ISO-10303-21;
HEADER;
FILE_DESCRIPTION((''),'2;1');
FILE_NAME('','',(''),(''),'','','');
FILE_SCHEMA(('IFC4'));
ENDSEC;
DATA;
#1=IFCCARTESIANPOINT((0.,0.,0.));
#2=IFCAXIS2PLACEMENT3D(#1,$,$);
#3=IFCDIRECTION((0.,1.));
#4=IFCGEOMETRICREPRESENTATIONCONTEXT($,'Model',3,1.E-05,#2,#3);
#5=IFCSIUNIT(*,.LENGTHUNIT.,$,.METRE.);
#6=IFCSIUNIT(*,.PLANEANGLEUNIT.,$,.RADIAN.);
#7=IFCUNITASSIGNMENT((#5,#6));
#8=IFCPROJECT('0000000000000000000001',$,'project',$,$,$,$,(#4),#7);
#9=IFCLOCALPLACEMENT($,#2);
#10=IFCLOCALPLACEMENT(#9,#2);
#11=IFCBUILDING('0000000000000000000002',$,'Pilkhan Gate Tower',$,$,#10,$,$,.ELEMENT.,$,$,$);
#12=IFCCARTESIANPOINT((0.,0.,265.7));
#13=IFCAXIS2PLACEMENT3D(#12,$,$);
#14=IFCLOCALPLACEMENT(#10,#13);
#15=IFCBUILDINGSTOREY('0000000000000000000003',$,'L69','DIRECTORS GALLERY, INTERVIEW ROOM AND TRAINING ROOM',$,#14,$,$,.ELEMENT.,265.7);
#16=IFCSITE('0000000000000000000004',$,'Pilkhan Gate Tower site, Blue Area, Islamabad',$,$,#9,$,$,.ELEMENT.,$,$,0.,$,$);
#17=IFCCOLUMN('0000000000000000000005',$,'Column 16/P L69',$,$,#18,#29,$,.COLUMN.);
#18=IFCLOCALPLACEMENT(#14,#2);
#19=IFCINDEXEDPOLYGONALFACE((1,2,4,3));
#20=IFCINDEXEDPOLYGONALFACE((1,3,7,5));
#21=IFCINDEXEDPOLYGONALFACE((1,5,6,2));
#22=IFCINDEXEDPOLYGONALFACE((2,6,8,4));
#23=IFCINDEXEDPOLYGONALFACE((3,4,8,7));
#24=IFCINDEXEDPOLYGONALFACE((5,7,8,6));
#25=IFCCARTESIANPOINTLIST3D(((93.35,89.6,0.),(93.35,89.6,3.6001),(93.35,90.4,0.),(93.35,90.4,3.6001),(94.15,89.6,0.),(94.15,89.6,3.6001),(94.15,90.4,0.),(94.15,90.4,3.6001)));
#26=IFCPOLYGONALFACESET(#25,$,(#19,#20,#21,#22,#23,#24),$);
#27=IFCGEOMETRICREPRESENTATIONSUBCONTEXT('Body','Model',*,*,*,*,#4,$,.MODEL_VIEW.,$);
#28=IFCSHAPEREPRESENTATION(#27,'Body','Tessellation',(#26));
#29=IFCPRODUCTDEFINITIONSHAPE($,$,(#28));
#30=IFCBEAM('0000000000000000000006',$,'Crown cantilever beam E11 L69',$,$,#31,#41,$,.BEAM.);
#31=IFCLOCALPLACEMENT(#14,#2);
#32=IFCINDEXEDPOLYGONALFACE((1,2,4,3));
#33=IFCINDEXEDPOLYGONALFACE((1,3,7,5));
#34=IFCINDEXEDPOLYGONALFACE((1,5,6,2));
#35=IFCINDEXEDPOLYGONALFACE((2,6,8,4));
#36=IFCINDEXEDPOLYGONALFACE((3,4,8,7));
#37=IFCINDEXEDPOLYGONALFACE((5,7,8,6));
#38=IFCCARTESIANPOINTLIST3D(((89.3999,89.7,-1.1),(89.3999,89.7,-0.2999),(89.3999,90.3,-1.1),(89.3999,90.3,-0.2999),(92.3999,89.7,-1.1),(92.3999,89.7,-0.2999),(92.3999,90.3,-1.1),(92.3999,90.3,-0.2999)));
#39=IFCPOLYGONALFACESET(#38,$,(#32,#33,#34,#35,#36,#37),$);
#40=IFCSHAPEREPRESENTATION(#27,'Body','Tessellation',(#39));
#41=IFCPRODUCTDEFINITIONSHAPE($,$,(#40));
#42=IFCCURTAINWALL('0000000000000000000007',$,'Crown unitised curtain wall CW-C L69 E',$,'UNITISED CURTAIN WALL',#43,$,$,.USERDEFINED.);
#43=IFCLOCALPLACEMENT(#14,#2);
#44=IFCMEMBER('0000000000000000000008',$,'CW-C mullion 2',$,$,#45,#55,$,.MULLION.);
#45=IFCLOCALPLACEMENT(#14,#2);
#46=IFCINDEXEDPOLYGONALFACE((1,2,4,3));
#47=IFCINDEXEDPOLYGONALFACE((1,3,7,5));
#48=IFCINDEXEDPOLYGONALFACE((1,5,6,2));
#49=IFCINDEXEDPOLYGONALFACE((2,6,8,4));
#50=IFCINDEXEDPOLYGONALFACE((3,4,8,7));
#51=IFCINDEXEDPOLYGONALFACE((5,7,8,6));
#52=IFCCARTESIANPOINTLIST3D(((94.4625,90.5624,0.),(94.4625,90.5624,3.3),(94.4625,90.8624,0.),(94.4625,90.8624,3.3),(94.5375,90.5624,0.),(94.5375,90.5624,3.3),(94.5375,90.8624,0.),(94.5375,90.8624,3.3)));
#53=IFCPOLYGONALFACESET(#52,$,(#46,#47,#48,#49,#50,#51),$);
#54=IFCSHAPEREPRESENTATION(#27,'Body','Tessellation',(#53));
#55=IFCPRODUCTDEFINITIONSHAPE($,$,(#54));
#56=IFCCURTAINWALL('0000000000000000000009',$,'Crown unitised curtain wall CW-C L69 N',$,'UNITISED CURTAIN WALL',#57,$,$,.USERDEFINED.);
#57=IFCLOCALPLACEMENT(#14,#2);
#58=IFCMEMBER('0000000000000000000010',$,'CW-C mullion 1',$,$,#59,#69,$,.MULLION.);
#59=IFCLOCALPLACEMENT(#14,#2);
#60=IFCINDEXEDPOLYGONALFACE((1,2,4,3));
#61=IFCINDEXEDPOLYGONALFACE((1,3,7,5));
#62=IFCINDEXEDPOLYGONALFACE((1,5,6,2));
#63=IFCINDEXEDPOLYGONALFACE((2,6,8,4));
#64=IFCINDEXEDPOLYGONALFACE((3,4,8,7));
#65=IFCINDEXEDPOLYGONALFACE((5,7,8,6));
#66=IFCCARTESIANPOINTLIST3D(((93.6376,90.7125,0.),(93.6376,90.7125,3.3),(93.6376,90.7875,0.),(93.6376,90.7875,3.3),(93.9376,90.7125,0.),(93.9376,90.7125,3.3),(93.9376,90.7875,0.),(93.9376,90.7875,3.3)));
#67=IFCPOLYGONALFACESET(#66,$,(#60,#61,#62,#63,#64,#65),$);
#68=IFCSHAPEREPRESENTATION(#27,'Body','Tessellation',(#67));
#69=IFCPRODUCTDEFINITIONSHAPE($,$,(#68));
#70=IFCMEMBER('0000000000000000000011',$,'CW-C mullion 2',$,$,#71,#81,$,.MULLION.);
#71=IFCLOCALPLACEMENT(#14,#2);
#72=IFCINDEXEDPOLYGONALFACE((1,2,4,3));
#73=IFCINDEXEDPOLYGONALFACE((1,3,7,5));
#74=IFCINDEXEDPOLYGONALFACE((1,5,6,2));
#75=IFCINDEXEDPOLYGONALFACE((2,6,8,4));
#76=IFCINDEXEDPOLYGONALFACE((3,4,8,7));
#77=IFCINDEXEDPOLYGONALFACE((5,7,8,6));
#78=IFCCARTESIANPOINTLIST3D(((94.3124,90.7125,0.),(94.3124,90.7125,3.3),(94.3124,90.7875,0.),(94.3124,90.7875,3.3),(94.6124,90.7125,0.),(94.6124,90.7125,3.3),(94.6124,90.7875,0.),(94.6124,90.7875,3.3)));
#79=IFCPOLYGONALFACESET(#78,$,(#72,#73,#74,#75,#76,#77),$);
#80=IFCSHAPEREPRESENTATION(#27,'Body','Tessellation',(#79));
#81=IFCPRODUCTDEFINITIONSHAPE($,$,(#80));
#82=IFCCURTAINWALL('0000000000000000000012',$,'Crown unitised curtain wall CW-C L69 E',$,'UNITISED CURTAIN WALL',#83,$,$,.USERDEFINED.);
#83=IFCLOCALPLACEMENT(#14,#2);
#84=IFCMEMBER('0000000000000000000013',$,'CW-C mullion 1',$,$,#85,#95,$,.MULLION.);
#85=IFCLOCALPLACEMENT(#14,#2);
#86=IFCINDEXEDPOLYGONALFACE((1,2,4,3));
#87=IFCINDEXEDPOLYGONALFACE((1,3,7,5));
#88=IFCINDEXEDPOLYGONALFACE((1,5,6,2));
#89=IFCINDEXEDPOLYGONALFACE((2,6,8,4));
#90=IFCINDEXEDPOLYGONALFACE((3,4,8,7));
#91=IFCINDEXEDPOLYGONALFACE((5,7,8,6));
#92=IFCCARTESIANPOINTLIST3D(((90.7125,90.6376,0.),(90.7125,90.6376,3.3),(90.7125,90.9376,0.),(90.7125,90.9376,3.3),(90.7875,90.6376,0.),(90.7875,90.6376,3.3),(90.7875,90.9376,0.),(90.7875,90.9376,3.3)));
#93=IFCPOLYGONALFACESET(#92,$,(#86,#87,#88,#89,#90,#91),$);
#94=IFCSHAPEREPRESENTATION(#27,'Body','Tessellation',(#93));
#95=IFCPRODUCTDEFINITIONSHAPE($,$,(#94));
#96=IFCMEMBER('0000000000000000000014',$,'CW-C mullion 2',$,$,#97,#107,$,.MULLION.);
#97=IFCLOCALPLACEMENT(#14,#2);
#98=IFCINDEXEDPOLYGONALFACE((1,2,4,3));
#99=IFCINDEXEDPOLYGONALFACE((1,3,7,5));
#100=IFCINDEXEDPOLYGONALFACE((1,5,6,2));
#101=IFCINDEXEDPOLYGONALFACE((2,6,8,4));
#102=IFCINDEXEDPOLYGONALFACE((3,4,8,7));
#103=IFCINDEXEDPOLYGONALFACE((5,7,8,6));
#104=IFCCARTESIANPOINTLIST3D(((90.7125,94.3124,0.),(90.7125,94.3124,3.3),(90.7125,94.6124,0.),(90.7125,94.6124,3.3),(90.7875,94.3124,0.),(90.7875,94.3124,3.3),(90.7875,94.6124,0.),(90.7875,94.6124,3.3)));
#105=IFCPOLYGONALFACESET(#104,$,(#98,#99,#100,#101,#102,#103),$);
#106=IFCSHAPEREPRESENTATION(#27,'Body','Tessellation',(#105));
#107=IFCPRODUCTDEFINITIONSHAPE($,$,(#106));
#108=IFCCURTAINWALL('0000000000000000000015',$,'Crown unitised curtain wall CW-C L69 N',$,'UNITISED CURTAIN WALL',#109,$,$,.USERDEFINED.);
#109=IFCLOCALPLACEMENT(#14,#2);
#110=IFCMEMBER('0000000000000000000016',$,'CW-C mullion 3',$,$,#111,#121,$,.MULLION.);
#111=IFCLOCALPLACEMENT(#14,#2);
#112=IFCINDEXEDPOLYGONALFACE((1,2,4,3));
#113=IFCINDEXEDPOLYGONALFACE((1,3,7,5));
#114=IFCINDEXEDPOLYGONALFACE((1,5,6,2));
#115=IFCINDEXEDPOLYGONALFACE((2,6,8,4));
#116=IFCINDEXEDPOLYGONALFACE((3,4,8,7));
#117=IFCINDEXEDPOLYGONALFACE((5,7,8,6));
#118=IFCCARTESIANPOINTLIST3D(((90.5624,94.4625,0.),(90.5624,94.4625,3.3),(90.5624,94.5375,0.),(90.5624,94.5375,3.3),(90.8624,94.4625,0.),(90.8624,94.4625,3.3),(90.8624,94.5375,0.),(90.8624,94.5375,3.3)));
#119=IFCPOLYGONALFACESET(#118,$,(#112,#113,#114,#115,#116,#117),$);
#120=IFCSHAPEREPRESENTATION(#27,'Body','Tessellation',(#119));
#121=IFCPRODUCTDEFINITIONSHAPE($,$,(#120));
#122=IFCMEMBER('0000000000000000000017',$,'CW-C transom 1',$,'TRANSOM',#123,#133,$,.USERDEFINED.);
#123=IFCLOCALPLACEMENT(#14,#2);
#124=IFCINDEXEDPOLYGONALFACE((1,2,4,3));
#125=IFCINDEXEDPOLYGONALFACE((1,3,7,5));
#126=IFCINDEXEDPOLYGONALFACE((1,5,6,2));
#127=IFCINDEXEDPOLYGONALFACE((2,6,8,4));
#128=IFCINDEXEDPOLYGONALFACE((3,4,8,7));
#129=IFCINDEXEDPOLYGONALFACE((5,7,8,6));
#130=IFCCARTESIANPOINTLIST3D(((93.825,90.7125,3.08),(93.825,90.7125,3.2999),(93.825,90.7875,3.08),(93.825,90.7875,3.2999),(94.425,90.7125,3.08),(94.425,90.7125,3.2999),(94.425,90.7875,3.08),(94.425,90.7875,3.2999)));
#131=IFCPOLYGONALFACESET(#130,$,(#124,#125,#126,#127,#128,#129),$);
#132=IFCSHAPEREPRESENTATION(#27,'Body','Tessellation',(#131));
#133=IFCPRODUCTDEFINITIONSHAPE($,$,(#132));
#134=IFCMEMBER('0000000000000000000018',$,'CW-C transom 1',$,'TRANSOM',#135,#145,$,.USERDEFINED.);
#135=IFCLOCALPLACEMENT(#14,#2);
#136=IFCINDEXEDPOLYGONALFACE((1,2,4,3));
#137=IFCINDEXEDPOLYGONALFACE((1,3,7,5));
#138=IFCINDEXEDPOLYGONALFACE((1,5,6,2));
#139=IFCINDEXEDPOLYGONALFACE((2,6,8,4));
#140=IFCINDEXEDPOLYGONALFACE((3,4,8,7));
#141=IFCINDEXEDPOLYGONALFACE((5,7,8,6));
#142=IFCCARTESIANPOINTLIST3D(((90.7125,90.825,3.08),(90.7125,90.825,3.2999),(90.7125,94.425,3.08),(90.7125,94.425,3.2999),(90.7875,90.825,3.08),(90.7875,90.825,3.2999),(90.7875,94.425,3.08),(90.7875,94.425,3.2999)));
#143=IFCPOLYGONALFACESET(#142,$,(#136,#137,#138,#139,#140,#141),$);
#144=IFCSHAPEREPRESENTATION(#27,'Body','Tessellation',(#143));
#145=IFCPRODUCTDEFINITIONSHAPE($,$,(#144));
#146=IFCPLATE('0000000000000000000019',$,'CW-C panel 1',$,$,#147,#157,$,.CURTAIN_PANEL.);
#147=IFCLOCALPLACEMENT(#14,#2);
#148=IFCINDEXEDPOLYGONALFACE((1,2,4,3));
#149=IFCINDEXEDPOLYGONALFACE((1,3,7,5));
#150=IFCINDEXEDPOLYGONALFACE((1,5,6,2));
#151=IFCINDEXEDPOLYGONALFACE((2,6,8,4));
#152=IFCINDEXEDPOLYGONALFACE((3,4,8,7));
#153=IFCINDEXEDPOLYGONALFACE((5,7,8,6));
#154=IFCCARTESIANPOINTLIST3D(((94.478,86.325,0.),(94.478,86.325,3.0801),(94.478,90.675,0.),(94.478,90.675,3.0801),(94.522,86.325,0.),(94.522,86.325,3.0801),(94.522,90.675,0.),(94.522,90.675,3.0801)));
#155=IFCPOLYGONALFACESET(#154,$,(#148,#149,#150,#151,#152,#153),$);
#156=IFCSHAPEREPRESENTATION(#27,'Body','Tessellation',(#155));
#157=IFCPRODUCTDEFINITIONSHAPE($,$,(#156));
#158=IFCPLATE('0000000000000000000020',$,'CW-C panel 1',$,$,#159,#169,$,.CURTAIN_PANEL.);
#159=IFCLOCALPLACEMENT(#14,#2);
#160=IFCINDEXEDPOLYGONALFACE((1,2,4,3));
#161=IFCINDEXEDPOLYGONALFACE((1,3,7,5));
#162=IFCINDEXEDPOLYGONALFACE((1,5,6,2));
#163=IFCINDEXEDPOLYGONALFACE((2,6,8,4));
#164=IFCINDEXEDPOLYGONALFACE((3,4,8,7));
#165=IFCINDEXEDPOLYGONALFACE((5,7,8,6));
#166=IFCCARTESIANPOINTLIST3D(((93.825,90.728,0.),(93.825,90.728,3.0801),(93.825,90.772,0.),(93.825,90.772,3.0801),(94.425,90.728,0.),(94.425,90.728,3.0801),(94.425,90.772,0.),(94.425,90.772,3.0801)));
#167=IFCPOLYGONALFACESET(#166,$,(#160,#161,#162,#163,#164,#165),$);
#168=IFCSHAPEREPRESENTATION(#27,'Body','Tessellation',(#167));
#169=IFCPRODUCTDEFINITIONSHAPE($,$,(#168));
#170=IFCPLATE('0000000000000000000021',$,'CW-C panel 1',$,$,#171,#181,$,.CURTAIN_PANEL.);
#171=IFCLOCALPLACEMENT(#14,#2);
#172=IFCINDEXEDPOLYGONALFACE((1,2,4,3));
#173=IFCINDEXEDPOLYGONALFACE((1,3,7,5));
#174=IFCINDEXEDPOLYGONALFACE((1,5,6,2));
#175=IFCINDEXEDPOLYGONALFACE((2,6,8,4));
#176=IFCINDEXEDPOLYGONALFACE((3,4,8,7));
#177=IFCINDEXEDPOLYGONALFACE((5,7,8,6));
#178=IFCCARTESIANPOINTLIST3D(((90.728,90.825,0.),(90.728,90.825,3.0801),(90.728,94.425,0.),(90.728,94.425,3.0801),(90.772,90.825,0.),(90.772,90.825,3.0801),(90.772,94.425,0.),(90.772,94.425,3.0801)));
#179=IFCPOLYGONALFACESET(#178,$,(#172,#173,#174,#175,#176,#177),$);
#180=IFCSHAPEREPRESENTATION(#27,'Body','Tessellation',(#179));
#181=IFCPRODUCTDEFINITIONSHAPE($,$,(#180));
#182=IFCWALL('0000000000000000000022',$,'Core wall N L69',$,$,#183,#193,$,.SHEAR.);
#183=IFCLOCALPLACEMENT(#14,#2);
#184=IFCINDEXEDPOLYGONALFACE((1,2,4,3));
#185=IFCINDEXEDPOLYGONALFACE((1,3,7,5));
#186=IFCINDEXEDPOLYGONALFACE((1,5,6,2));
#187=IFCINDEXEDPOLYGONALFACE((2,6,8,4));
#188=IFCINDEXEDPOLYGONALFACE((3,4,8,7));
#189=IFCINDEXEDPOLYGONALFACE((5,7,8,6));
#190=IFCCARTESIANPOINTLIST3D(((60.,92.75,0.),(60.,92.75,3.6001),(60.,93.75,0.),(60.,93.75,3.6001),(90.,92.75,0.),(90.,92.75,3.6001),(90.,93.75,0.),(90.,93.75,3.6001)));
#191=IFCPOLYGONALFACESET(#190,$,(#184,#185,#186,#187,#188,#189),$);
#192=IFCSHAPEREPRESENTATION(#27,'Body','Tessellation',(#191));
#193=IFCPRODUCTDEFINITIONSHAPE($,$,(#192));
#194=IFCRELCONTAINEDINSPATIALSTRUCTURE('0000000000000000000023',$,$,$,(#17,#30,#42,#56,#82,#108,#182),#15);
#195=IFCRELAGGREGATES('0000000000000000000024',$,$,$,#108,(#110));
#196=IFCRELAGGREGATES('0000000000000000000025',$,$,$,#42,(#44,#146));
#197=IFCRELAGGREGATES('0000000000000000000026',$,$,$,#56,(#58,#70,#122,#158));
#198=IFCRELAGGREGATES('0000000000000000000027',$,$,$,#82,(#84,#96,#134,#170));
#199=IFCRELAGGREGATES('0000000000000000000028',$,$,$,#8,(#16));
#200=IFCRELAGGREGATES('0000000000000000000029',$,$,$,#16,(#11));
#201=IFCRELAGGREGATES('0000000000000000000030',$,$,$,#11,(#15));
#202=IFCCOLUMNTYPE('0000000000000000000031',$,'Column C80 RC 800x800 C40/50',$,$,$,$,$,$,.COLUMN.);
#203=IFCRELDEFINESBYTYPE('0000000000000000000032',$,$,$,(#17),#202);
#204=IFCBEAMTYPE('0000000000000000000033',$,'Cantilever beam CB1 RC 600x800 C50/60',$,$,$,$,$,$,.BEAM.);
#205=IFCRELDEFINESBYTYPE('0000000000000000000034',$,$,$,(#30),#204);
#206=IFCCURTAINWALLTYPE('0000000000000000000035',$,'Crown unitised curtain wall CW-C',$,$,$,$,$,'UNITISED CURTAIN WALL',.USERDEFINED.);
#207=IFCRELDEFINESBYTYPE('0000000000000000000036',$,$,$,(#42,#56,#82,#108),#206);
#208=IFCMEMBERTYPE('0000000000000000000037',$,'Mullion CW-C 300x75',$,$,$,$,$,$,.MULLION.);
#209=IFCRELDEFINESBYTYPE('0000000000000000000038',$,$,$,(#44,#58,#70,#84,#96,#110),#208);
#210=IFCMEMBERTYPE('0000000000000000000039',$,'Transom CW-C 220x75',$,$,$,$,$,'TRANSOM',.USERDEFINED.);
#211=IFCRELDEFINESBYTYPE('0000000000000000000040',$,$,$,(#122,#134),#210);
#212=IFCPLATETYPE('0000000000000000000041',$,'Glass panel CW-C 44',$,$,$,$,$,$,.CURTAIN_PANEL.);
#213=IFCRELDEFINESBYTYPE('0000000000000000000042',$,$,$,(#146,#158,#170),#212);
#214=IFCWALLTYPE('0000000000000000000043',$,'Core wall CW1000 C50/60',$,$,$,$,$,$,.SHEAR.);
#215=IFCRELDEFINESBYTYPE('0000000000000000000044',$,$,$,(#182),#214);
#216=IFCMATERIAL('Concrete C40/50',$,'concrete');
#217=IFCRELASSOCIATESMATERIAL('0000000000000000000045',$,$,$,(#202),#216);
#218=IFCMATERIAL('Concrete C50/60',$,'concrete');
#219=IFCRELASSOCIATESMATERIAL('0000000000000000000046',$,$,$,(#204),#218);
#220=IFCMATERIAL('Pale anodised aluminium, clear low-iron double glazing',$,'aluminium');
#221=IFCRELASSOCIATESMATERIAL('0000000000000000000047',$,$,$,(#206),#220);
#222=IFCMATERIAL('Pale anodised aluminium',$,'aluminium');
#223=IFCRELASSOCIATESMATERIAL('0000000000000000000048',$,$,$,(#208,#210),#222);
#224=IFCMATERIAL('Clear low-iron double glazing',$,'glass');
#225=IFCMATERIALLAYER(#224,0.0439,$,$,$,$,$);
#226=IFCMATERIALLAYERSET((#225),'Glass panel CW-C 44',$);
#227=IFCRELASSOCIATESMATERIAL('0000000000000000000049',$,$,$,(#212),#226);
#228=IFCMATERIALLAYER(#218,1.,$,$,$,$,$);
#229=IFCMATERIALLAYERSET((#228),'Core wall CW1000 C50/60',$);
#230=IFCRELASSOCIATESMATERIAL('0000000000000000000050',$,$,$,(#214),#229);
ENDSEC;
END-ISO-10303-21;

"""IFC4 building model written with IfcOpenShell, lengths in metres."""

from ifc_helpers import new_model, si_unit, direction, frame, frame_2d, origin, origin_2d, place, context, subcontext, project, spatial, rectangle, extrude, material, layer, layer_set, material_profile, profile_set, type_object, element, aggregate, save


model = new_model("IFC4")

# Units and contexts
model_context = context("Model", 3, precision=1e-05, world=origin(), true_north=direction((0.0, 1.0)))
body_context = subcontext(model_context, "Body", "Model", "MODEL_VIEW")
ifc_project = project(units=[si_unit("LENGTHUNIT", "METRE"), si_unit("PLANEANGLEUNIT", "RADIAN")], contexts=[model_context])

# Site, building, storey
site_placement = place(None, origin())
site = spatial("IfcSite", under=ifc_project, at=site_placement, Name="Pilkhan Gate Tower site, Blue Area, Islamabad", CompositionType="ELEMENT", RefElevation=0.0)
building_placement = place(site_placement, origin())
building = spatial("IfcBuilding", under=site, at=building_placement, Name="Pilkhan Gate Tower", CompositionType="ELEMENT")
storey_placement = place(building_placement, frame((0.0, 0.0, 265.7)))
storey = spatial("IfcBuildingStorey", under=building, at=storey_placement, Name="L69", Description="DIRECTORS GALLERY, INTERVIEW ROOM AND TRAINING ROOM", CompositionType="ELEMENT", Elevation=265.7)

# Column
ifc_material_1 = material(Name="Concrete C40/50", Category="concrete")
ifc_material_profile_1 = material_profile(ifc_material_1, rectangle(XDim=0.8, YDim=0.8, at=origin_2d()), Name="RC 800x800")
ifc_profile_set_1 = profile_set([ifc_material_profile_1], Name="Concrete C40/50")
column_type = type_object("IfcColumnType", Name="Column C80 RC 800x800 C40/50", PredefinedType="COLUMN", material=ifc_profile_set_1)
column_placement = place(storey_placement, frame((93.75, 90.0, 0.0), z_axis=(0.0, 0.0, 1.0), x_axis=(1.0, 0.0, 0.0)))
element("IfcColumn", 1, at=column_placement, inside=storey, type_object=column_type, Name="Column 16/P L69", PredefinedType="COLUMN", context=body_context, shape_type="SweptSolid", body=[
    extrude(rectangle(XDim=0.8, YDim=0.8, at=origin_2d()), origin(), (0.0, 0.0, 1.0), 3.6001),
])

# Beam
ifc_material_2 = material(Name="Concrete C50/60", Category="concrete")
ifc_material_profile_2 = material_profile(ifc_material_2, rectangle(XDim=0.6001, YDim=0.8, at=origin_2d()), Name="RC 600x800")
ifc_profile_set_2 = profile_set([ifc_material_profile_2], Name="Concrete C50/60")
beam_type = type_object("IfcBeamType", Name="Cantilever beam CB1 RC 600x800 C50/60", PredefinedType="BEAM", material=ifc_profile_set_2)
beam_placement = place(storey_placement, frame((89.3999, 90.0, -0.7), z_axis=(1.0, 0.0, 0.0), x_axis=(0.0, 1.0, 0.0)))
element("IfcBeam", 2, at=beam_placement, inside=storey, type_object=beam_type, Name="Crown cantilever beam E11 L69", PredefinedType="BEAM", context=body_context, shape_type="SweptSolid", body=[
    extrude(rectangle(XDim=0.6001, YDim=0.8, at=origin_2d()), origin(), (0.0, 0.0, 1.0), 3.0),
])

# Curtain wall, member
ifc_material_3 = material(Name="Pale anodised aluminium, clear low-iron double glazing", Category="aluminium")
curtain_wall_type = type_object("IfcCurtainWallType", Name="Crown unitised curtain wall CW-C", ElementType="UNITISED CURTAIN WALL", PredefinedType="USERDEFINED", material=ifc_material_3)
curtain_wall_1_placement = place(storey_placement, origin())
curtain_wall_1 = element("IfcCurtainWall", 3, at=curtain_wall_1_placement, inside=storey, type_object=curtain_wall_type, Name="Crown unitised curtain wall CW-C L69 E", ObjectType="UNITISED CURTAIN WALL", PredefinedType="USERDEFINED")
ifc_material_4 = material(Name="Pale anodised aluminium", Category="aluminium")
ifc_material_profile_3 = material_profile(ifc_material_4, rectangle(XDim=0.075, YDim=0.3, at=origin_2d()), Name="Mullion 300x75")
ifc_profile_set_3 = profile_set([ifc_material_profile_3], Name="Pale anodised aluminium")
member_type_1 = type_object("IfcMemberType", Name="Mullion CW-C 300x75", PredefinedType="MULLION", material=ifc_profile_set_3)
member_1_placement = place(storey_placement, frame((94.5, 90.7124, 0.0), z_axis=(0.0, 0.0, 1.0), x_axis=(-1.0, 0.0, 0.0)))
member_1 = element("IfcMember", 4, at=member_1_placement, type_object=member_type_1, Name="CW-C mullion 2", PredefinedType="MULLION", context=body_context, shape_type="SweptSolid", body=[
    extrude(rectangle(XDim=0.075, YDim=0.3, at=origin_2d()), origin(), (0.0, 0.0, 1.0), 3.3),
])

# Curtain walls, members
curtain_wall_2_placement = place(storey_placement, origin())
curtain_wall_2 = element("IfcCurtainWall", 5, at=curtain_wall_2_placement, inside=storey, type_object=curtain_wall_type, Name="Crown unitised curtain wall CW-C L69 N", ObjectType="UNITISED CURTAIN WALL", PredefinedType="USERDEFINED")
member_2_placement = place(storey_placement, frame((93.7876, 90.75, 0.0), z_axis=(0.0, 0.0, 1.0), x_axis=(0.0, 1.0, 0.0)))
member_2 = element("IfcMember", 6, at=member_2_placement, type_object=member_type_1, Name="CW-C mullion 1", PredefinedType="MULLION", context=body_context, shape_type="SweptSolid", body=[
    extrude(rectangle(XDim=0.075, YDim=0.3, at=origin_2d()), origin(), (0.0, 0.0, 1.0), 3.3),
])
member_3_placement = place(storey_placement, frame((94.4624, 90.75, 0.0), z_axis=(0.0, 0.0, 1.0), x_axis=(0.0, 1.0, 0.0)))
member_3 = element("IfcMember", 7, at=member_3_placement, type_object=member_type_1, Name="CW-C mullion 2", PredefinedType="MULLION", context=body_context, shape_type="SweptSolid", body=[
    extrude(rectangle(XDim=0.075, YDim=0.3, at=origin_2d()), origin(), (0.0, 0.0, 1.0), 3.3),
])
curtain_wall_3_placement = place(storey_placement, origin())
curtain_wall_3 = element("IfcCurtainWall", 8, at=curtain_wall_3_placement, inside=storey, type_object=curtain_wall_type, Name="Crown unitised curtain wall CW-C L69 E", ObjectType="UNITISED CURTAIN WALL", PredefinedType="USERDEFINED")
member_4_placement = place(storey_placement, frame((90.75, 90.7876, 0.0), z_axis=(0.0, 0.0, 1.0), x_axis=(-1.0, 0.0, 0.0)))
member_4 = element("IfcMember", 9, at=member_4_placement, type_object=member_type_1, Name="CW-C mullion 1", PredefinedType="MULLION", context=body_context, shape_type="SweptSolid", body=[
    extrude(rectangle(XDim=0.075, YDim=0.3, at=origin_2d()), origin(), (0.0, 0.0, 1.0), 3.3),
])
member_5_placement = place(storey_placement, frame((90.75, 94.4624, 0.0), z_axis=(0.0, 0.0, 1.0), x_axis=(-1.0, 0.0, 0.0)))
member_5 = element("IfcMember", 10, at=member_5_placement, type_object=member_type_1, Name="CW-C mullion 2", PredefinedType="MULLION", context=body_context, shape_type="SweptSolid", body=[
    extrude(rectangle(XDim=0.075, YDim=0.3, at=origin_2d()), origin(), (0.0, 0.0, 1.0), 3.3),
])

# Curtain wall, member
curtain_wall_4_placement = place(storey_placement, origin())
curtain_wall_4 = element("IfcCurtainWall", 11, at=curtain_wall_4_placement, inside=storey, type_object=curtain_wall_type, Name="Crown unitised curtain wall CW-C L69 N", ObjectType="UNITISED CURTAIN WALL", PredefinedType="USERDEFINED")
member_6_placement = place(storey_placement, frame((90.7124, 94.5, 0.0), z_axis=(0.0, 0.0, 1.0), x_axis=(0.0, 1.0, 0.0)))
member_6 = element("IfcMember", 12, at=member_6_placement, type_object=member_type_1, Name="CW-C mullion 3", PredefinedType="MULLION", context=body_context, shape_type="SweptSolid", body=[
    extrude(rectangle(XDim=0.075, YDim=0.3, at=origin_2d()), origin(), (0.0, 0.0, 1.0), 3.3),
])
aggregate(curtain_wall_4, [member_6])

# Members
ifc_material_profile_4 = material_profile(ifc_material_4, rectangle(XDim=0.075, YDim=0.22, at=origin_2d()), Name="Transom 220x75")
ifc_profile_set_4 = profile_set([ifc_material_profile_4], Name="Pale anodised aluminium")
member_type_2 = type_object("IfcMemberType", Name="Transom CW-C 220x75", ElementType="TRANSOM", PredefinedType="USERDEFINED", material=ifc_profile_set_4)
member_7_placement = place(storey_placement, frame((93.825, 90.75, 3.1899), z_axis=(1.0, 0.0, 0.0), x_axis=(0.0, 1.0, 0.0)))
member_7 = element("IfcMember", 13, at=member_7_placement, type_object=member_type_2, Name="CW-C transom 1", ObjectType="TRANSOM", PredefinedType="USERDEFINED", context=body_context, shape_type="SweptSolid", body=[
    extrude(rectangle(XDim=0.075, YDim=0.22, at=origin_2d()), origin(), (0.0, 0.0, 1.0), 0.6001),
])
member_8_placement = place(storey_placement, frame((90.75, 90.825, 3.1899), z_axis=(0.0, 1.0, 0.0), x_axis=(-1.0, 0.0, 0.0)))
member_8 = element("IfcMember", 14, at=member_8_placement, type_object=member_type_2, Name="CW-C transom 1", ObjectType="TRANSOM", PredefinedType="USERDEFINED", context=body_context, shape_type="SweptSolid", body=[
    extrude(rectangle(XDim=0.075, YDim=0.22, at=origin_2d()), origin(), (0.0, 0.0, 1.0), 3.6001),
])

# Plates
ifc_material_5 = material(Name="Clear low-iron double glazing", Category="glass")
ifc_layer_1 = layer(ifc_material_5, 0.0439)
ifc_layer_set_1 = layer_set([ifc_layer_1], Name="Glass panel CW-C 44")
plate_type = type_object("IfcPlateType", Name="Glass panel CW-C 44", PredefinedType="CURTAIN_PANEL", material=ifc_layer_set_1)
plate_1_placement = place(storey_placement, frame((94.5, 88.5, 0.0), z_axis=(0.0, 0.0, 1.0), x_axis=(0.0, 1.0, 0.0)))
plate_1 = element("IfcPlate", 15, at=plate_1_placement, type_object=plate_type, Name="CW-C panel 1", PredefinedType="CURTAIN_PANEL", context=body_context, shape_type="SweptSolid", body=[
    extrude(rectangle(XDim=4.3501, YDim=0.0439, at=origin_2d()), origin(), (0.0, 0.0, 1.0), 3.0801),
])
aggregate(curtain_wall_1, [member_1, plate_1])
plate_2_placement = place(storey_placement, frame((94.125, 90.75, 0.0), z_axis=(0.0, 0.0, 1.0), x_axis=(1.0, 0.0, 0.0)))
plate_2 = element("IfcPlate", 16, at=plate_2_placement, type_object=plate_type, Name="CW-C panel 1", PredefinedType="CURTAIN_PANEL", context=body_context, shape_type="SweptSolid", body=[
    extrude(rectangle(XDim=0.6001, YDim=0.0439, at=origin_2d()), origin(), (0.0, 0.0, 1.0), 3.0801),
])
aggregate(curtain_wall_2, [member_2, member_3, member_7, plate_2])
plate_3_placement = place(storey_placement, frame((90.75, 92.625, 0.0), z_axis=(0.0, 0.0, 1.0), x_axis=(0.0, 1.0, 0.0)))
plate_3 = element("IfcPlate", 17, at=plate_3_placement, type_object=plate_type, Name="CW-C panel 1", PredefinedType="CURTAIN_PANEL", context=body_context, shape_type="SweptSolid", body=[
    extrude(rectangle(XDim=3.6001, YDim=0.0439, at=origin_2d()), origin(), (0.0, 0.0, 1.0), 3.0801),
])
aggregate(curtain_wall_3, [member_4, member_5, member_8, plate_3])

# Wall
ifc_layer_2 = layer(ifc_material_2, 1.0)
ifc_layer_set_2 = layer_set([ifc_layer_2], Name="Core wall CW1000 C50/60")
wall_type_1 = type_object("IfcWallType", Name="Core wall CW1000 C50/60", PredefinedType="SHEAR", material=ifc_layer_set_2)
wall_1_placement = place(storey_placement, frame((90.0, 93.25, 0.0), z_axis=(0.0, 0.0, 1.0), x_axis=(-1.0, 0.0, 0.0)))
element("IfcWall", 18, at=wall_1_placement, inside=storey, type_object=wall_type_1, Name="Core wall N L69", PredefinedType="SHEAR", context=body_context, shape_type="SweptSolid", body=[
    extrude(rectangle(XDim=30.0, YDim=1.0, at=frame_2d((15.0, 0.0))), origin(), (0.0, 0.0, 1.0), 3.6001),
])

save(model, "model.ifc")
